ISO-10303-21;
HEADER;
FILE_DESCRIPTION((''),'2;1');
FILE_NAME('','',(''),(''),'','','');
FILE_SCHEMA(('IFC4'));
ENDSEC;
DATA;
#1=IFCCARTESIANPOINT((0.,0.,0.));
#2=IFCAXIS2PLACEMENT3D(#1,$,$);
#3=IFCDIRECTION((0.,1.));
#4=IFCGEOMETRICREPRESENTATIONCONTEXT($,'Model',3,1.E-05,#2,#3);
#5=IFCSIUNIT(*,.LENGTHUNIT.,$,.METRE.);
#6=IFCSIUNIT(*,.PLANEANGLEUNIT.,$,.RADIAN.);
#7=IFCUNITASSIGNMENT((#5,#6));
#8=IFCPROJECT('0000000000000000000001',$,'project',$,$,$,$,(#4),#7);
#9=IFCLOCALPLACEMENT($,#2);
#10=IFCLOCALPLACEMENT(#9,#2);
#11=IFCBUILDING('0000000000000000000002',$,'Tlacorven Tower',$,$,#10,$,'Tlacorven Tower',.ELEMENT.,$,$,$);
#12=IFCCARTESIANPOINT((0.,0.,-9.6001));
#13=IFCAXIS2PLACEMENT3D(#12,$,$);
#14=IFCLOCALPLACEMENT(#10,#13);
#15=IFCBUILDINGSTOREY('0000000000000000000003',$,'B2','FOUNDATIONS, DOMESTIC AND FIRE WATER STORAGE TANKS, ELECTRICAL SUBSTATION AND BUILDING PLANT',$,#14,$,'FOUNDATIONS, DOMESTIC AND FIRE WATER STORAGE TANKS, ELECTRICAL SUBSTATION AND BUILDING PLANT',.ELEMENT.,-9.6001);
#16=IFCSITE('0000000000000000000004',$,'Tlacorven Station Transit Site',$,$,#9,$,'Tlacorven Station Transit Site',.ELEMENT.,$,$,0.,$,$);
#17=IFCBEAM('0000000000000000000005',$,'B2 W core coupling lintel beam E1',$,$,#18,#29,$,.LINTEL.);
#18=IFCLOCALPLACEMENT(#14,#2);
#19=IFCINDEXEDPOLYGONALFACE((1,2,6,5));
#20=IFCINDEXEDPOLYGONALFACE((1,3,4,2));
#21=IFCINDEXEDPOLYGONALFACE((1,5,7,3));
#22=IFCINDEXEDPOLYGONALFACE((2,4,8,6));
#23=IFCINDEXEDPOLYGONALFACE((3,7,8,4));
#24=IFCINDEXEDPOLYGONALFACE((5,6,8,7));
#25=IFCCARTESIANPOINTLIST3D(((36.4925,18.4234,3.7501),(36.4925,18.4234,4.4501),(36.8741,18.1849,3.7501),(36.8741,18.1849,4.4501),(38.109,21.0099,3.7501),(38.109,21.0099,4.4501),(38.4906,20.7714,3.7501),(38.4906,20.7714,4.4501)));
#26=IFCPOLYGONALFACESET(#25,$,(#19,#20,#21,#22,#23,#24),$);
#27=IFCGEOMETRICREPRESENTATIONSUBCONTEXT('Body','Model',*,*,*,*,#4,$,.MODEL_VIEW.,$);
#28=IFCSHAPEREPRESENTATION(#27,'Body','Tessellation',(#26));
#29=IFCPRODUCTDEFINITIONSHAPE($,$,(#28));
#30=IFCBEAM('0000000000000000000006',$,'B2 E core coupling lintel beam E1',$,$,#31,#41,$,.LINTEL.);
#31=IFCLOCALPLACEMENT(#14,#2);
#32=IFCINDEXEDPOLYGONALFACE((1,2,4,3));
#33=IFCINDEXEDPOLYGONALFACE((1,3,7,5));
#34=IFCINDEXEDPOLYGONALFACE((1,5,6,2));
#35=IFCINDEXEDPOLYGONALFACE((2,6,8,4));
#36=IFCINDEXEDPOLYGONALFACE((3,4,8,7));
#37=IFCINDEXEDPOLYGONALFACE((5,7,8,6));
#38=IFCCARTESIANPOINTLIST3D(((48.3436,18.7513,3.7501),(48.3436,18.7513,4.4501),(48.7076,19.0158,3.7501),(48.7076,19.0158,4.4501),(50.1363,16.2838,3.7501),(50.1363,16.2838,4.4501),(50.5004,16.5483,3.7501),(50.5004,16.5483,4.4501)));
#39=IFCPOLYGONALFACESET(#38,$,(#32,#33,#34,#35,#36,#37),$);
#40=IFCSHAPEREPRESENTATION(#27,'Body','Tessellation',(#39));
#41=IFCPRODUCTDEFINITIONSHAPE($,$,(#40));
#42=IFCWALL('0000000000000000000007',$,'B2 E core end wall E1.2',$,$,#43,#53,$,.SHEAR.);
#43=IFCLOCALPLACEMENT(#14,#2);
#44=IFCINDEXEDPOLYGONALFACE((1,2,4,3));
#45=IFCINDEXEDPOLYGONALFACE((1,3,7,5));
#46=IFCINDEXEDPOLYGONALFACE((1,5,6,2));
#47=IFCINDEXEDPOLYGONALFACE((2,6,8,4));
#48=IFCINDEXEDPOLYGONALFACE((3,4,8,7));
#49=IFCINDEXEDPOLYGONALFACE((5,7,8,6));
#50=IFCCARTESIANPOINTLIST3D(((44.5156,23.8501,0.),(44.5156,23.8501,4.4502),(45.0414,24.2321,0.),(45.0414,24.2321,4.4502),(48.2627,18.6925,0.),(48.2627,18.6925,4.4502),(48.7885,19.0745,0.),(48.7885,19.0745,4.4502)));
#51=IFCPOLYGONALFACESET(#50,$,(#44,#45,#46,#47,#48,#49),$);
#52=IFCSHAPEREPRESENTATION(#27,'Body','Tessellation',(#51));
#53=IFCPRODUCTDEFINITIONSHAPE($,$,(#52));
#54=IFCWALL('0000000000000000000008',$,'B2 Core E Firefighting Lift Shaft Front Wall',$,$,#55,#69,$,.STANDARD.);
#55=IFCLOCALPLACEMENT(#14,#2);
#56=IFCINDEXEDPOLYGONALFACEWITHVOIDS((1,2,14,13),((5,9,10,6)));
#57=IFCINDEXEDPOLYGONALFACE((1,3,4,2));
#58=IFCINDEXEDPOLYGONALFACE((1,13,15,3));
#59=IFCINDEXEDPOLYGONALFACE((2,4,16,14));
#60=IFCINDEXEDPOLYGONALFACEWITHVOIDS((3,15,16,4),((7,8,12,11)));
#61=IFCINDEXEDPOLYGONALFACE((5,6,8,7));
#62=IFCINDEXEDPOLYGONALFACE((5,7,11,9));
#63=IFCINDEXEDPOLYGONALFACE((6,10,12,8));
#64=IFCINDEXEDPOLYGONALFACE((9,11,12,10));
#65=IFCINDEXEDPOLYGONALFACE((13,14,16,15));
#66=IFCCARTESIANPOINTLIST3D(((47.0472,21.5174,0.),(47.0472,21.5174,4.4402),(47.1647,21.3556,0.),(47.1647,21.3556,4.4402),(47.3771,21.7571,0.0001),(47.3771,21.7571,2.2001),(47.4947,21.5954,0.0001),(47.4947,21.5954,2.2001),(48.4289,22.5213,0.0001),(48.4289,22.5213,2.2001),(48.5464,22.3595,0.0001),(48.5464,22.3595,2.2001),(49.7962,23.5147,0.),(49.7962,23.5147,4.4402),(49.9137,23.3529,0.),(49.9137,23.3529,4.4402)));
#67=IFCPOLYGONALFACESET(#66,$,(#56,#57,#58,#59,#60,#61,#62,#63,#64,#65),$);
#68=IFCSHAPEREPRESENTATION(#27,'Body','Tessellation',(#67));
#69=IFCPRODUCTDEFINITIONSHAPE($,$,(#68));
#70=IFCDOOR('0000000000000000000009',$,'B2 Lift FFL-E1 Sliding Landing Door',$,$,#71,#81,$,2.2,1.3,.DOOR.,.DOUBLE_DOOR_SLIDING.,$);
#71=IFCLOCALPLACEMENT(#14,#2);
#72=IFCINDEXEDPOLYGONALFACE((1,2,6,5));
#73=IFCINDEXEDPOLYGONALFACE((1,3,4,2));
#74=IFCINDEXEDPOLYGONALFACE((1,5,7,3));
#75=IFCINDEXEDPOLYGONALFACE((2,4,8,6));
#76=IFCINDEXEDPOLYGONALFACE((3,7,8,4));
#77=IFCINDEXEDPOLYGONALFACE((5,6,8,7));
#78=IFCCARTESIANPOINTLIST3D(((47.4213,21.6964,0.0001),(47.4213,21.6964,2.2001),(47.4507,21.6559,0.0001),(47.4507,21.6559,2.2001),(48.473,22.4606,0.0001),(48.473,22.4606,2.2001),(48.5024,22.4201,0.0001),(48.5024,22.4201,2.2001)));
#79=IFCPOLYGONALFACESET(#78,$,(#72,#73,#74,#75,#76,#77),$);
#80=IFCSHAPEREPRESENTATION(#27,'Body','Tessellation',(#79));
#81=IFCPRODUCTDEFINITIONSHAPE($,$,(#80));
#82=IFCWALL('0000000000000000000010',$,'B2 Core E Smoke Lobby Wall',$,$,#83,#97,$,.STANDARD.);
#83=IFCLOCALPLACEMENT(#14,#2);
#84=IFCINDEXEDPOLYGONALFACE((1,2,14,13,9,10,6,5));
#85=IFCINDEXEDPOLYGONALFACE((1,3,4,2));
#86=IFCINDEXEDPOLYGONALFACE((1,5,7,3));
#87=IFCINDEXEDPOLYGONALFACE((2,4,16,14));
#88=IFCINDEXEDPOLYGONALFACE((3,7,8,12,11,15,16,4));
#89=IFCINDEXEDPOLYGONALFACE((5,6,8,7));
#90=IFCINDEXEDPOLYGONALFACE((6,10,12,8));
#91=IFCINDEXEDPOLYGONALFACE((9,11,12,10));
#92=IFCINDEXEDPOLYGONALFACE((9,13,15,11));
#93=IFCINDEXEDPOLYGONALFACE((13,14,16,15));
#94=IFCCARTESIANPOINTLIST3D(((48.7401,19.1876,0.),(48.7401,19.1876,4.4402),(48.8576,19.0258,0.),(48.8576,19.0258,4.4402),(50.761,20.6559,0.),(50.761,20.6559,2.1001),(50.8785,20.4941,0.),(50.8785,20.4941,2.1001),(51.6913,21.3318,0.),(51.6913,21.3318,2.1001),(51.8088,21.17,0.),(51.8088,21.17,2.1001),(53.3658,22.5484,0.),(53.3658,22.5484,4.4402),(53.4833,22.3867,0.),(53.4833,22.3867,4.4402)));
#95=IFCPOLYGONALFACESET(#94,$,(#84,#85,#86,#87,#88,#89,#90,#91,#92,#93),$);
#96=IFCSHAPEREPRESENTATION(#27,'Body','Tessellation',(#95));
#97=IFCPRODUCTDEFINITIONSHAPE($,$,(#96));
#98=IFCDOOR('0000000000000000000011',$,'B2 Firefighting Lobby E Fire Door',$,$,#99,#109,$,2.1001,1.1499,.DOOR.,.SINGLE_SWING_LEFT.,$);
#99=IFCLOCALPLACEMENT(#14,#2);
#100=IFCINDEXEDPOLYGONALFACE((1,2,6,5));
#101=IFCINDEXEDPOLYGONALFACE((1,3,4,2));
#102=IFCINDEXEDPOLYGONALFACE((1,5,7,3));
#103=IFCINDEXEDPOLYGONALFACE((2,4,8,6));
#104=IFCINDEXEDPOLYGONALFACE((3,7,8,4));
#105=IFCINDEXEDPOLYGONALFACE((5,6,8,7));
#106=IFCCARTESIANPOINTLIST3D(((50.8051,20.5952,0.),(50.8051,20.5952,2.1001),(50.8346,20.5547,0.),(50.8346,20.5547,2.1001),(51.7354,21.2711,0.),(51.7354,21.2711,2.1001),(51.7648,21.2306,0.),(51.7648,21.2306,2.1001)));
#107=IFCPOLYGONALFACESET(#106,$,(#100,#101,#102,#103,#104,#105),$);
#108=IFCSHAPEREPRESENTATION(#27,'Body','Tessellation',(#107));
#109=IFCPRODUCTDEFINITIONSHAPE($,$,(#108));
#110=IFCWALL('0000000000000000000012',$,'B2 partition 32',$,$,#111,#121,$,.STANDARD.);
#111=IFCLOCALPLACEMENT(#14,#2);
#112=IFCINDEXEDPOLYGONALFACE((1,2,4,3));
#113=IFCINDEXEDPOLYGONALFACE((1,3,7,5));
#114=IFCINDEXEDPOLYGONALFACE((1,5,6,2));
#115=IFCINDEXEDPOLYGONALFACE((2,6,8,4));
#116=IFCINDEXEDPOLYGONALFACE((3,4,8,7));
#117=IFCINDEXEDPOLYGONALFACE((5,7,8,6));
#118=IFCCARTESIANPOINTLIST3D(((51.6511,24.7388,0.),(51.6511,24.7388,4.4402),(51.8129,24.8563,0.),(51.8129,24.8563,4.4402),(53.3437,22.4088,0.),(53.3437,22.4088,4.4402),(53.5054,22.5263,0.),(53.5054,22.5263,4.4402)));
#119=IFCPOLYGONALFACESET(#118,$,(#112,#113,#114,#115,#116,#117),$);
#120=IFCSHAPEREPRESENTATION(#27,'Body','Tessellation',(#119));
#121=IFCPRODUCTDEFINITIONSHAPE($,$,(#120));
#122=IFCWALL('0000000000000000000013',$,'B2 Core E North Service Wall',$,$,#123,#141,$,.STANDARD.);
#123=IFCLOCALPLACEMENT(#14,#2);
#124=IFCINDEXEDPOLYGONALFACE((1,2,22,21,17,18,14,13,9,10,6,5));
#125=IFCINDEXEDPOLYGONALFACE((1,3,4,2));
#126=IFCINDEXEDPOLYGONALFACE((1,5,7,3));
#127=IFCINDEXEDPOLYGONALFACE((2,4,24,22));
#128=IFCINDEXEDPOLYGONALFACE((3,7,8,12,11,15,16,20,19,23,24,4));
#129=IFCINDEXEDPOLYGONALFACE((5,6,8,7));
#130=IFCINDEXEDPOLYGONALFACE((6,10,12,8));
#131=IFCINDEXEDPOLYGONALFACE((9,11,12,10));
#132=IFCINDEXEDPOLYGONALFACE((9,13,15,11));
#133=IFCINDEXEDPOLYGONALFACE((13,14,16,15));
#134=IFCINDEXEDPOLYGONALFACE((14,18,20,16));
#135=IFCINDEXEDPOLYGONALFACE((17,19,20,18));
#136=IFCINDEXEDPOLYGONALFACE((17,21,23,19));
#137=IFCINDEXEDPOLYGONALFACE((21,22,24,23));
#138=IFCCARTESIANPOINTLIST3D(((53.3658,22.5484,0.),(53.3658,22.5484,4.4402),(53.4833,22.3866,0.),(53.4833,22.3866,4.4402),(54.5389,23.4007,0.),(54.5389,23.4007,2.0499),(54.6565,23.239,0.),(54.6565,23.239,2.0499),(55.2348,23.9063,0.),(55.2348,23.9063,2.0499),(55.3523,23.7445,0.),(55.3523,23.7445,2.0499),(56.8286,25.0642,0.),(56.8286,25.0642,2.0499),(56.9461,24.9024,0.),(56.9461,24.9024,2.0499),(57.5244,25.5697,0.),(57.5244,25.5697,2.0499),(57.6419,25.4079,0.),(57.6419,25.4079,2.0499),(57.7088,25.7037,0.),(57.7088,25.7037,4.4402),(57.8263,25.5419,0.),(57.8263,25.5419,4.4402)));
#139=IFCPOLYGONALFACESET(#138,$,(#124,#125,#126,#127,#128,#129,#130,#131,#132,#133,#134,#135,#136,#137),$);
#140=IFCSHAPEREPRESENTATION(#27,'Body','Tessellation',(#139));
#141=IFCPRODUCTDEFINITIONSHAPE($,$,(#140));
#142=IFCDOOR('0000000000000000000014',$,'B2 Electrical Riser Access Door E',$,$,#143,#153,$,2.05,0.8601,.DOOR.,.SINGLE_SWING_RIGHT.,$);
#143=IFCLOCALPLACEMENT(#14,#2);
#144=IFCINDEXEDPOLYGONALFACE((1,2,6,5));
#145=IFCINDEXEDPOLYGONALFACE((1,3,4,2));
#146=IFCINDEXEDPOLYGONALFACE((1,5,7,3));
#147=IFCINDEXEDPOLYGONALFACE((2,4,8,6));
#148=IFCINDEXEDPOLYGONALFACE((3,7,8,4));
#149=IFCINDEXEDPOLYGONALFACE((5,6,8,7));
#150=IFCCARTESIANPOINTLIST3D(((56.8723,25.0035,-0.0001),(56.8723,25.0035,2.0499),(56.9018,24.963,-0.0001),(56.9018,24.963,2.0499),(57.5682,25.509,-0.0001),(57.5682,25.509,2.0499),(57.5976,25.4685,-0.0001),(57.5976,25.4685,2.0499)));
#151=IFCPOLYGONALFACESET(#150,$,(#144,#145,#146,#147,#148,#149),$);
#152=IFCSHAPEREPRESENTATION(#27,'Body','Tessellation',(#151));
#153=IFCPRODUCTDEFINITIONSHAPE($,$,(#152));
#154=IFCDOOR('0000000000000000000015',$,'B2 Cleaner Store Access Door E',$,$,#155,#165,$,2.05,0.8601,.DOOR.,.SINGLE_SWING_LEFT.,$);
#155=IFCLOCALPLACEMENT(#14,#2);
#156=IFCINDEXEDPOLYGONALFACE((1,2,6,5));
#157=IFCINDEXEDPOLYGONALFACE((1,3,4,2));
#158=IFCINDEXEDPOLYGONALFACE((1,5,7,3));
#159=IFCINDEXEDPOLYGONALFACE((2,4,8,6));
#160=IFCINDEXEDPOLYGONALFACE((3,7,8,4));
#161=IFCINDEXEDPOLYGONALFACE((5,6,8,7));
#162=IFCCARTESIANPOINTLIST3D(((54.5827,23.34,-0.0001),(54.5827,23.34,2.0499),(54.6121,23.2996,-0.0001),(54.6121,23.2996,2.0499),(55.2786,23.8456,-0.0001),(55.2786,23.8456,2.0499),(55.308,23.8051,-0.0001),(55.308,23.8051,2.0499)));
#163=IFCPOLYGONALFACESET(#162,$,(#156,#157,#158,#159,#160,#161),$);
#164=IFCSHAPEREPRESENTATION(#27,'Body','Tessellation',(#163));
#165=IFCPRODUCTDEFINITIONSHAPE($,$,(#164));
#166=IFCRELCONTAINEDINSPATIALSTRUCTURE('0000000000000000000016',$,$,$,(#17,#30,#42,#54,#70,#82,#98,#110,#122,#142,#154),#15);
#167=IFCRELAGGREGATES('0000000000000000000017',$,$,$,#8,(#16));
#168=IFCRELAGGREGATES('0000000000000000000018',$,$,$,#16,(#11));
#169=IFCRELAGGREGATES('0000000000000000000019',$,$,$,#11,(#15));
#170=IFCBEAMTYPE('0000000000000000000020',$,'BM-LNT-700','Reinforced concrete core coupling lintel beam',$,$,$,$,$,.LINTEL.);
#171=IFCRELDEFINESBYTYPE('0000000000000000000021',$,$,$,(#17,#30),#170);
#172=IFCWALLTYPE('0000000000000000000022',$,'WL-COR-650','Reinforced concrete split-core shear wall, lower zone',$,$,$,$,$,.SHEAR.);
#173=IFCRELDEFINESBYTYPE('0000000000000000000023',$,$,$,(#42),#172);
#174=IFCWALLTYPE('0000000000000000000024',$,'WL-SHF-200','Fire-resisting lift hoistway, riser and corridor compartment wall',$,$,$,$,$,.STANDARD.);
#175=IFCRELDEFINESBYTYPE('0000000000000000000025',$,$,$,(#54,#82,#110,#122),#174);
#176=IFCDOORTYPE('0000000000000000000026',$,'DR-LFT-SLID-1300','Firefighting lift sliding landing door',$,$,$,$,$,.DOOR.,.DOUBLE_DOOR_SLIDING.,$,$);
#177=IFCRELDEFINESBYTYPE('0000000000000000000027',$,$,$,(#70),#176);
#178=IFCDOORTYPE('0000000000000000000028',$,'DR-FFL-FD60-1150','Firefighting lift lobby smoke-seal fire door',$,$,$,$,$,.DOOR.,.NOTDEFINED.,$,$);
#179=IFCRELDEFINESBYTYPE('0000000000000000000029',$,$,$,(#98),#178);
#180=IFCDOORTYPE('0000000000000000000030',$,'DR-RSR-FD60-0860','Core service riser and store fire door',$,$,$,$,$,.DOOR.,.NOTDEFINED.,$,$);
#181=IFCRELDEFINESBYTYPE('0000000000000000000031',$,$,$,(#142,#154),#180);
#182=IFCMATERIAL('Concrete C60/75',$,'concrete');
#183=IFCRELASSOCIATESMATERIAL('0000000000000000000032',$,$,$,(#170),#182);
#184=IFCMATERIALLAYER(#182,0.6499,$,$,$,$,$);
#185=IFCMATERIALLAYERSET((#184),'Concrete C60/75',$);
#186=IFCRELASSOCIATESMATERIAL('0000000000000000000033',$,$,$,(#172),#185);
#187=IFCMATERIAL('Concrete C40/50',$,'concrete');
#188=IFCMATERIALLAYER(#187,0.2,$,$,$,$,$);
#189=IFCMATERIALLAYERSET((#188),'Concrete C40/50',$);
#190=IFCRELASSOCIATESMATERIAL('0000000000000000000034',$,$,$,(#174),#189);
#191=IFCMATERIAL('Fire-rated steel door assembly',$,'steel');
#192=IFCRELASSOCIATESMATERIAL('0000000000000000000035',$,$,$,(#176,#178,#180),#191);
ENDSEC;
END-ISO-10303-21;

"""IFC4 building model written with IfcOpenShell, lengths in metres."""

from ifc_helpers import new_model, si_unit, direction, frame, frame_2d, origin, origin_2d, place, context, subcontext, project, spatial, rectangle, extrude, source, transform, mapped, material, layer, layer_set, material_profile, profile_set, type_object, element, fill, save


model = new_model("IFC4")

# Units and contexts
model_context = context("Model", 3, precision=1e-05, world=origin(), true_north=direction((0.0, 1.0)))
body_context = subcontext(model_context, "Body", "Model", "MODEL_VIEW")
ifc_project = project(units=[si_unit("LENGTHUNIT", "METRE"), si_unit("PLANEANGLEUNIT", "RADIAN")], contexts=[model_context])

# Site, building, storey
site_placement = place(None, origin())
site = spatial("IfcSite", under=ifc_project, at=site_placement, Name="Tlacorven Station Transit Site", LongName="Tlacorven Station Transit Site", CompositionType="ELEMENT", RefElevation=0.0)
building_placement = place(site_placement, origin())
building = spatial("IfcBuilding", under=site, at=building_placement, Name="Tlacorven Tower", LongName="Tlacorven Tower", CompositionType="ELEMENT")
storey_placement = place(building_placement, frame((0.0, 0.0, -9.6001)))
storey = spatial("IfcBuildingStorey", under=building, at=storey_placement, Name="B2", Description="FOUNDATIONS, DOMESTIC AND FIRE WATER STORAGE TANKS, ELECTRICAL SUBSTATION AND BUILDING PLANT", LongName="FOUNDATIONS, DOMESTIC AND FIRE WATER STORAGE TANKS, ELECTRICAL SUBSTATION AND BUILDING PLANT", CompositionType="ELEMENT", Elevation=-9.6001)

# Beams
ifc_material_1 = material(Name="Concrete C60/75", Category="concrete")
ifc_material_profile_1 = material_profile(ifc_material_1, rectangle(XDim=0.45, YDim=0.7, at=origin_2d()), Name="RC 450X700")
ifc_profile_set_1 = profile_set([ifc_material_profile_1], Name="Concrete C60/75")
beam_type = type_object("IfcBeamType", Name="BM-LNT-700", Description="Reinforced concrete core coupling lintel beam", PredefinedType="LINTEL", material=ifc_profile_set_1)
shared_shape_1 = source(origin(), body_context, "Body", "SweptSolid", [
    extrude(rectangle(XDim=0.45, YDim=0.7, at=origin_2d()), origin(), (0.0, 0.0, 1.0), 3.05),
])
for number, where, z_axis, x_axis, name in (
    (1, (38.2998, 20.8906, 4.1001), (-0.529985, -0.848007, 0.0), (0.848007, -0.529985, 0.0), "B2 W core coupling lintel beam E1"),
    (2, (50.3184, 16.416, 4.1001), (-0.587777, 0.809023, 0.0), (-0.809023, -0.587777, 0.0), "B2 E core coupling lintel beam E1"),
):
    element("IfcBeam", number, at=place(storey_placement, frame(where, z_axis=z_axis, x_axis=x_axis)), inside=storey, type_object=beam_type, Name=name, PredefinedType="LINTEL", context=body_context, shape_type="MappedRepresentation", body=[
        mapped(shared_shape_1, transform((0.0, 0.0, 0.0), scale=1.0)),
    ])

# Wall
ifc_layer_1 = layer(ifc_material_1, 0.6499)
ifc_layer_set_1 = layer_set([ifc_layer_1], Name="Concrete C60/75")
wall_type_1 = type_object("IfcWallType", Name="WL-COR-650", Description="Reinforced concrete split-core shear wall, lower zone", PredefinedType="SHEAR", material=ifc_layer_set_1)
wall_1_placement = place(storey_placement, frame((48.5256, 18.8835, 0.0), z_axis=(0.0, 0.0, 1.0), x_axis=(-0.58778, 0.809021, 0.0)))
element("IfcWall", 3, at=wall_1_placement, inside=storey, type_object=wall_type_1, Name="B2 E core end wall E1.2", PredefinedType="SHEAR", context=body_context, shape_type="SweptSolid", body=[
    extrude(rectangle(XDim=6.375, YDim=0.6499, at=frame_2d((3.1875, 0.0))), origin(), (0.0, 0.0, 1.0), 4.4502),
])

# Walls, openings, doors
ifc_material_2 = material(Name="Concrete C40/50", Category="concrete")
ifc_layer_2 = layer(ifc_material_2, 0.2)
ifc_layer_set_2 = layer_set([ifc_layer_2], Name="Concrete C40/50")
wall_type_2 = type_object("IfcWallType", Name="WL-SHF-200", Description="Fire-resisting lift hoistway, riser and corridor compartment wall", PredefinedType="STANDARD", material=ifc_layer_set_2)
wall_2_placement = place(storey_placement, frame((47.106, 21.4365, 0.0), z_axis=(0.0, 0.0, 1.0), x_axis=(0.809013, 0.587791, 0.0)))
wall_2 = element("IfcWall", 4, at=wall_2_placement, inside=storey, type_object=wall_type_2, Name="B2 Core E Firefighting Lift Shaft Front Wall", PredefinedType="STANDARD", context=body_context, shape_type="SweptSolid", body=[
    extrude(rectangle(XDim=3.3979, YDim=0.2, at=frame_2d((1.699, 0.0))), origin(), (0.0, 0.0, 1.0), 4.4402),
])
opening_1_placement = place(wall_2_placement, frame((0.408, 0.0, 0.0)))
opening_1 = element("IfcOpeningElement", 5, at=opening_1_placement, cuts=wall_2, PredefinedType="OPENING", context=body_context, shape_type="SweptSolid", body=[
    extrude(rectangle(XDim=1.3, YDim=2.2, at=frame_2d((0.6499, 1.1001))), frame((0.0, 0.1099, 0.0), z_axis=(0.0, -1.0, 0.0), x_axis=(1.0, 0.0, 0.0)), (0.0, 0.0, 1.0), 0.22),
])
ifc_material_3 = material(Name="Fire-rated steel door assembly", Category="steel")
door_type_1 = type_object("IfcDoorType", Name="DR-LFT-SLID-1300", Description="Firefighting lift sliding landing door", OperationType="DOUBLE_DOOR_SLIDING", PredefinedType="DOOR", material=ifc_material_3)
shared_shape_2 = source(origin(), body_context, "Body", "SweptSolid", [
    extrude(rectangle(XDim=1.3, YDim=2.2, at=frame_2d((0.6499, 1.1001))), frame((0.0, 0.0249, 0.0), z_axis=(0.0, -1.0, 0.0), x_axis=(1.0, 0.0, 0.0)), (0.0, 0.0, 1.0), 0.05),
])
door_1_placement = place(opening_1_placement, origin())
door_1 = element("IfcDoor", 6, at=door_1_placement, inside=storey, type_object=door_type_1, Name="B2 Lift FFL-E1 Sliding Landing Door", OperationType="DOUBLE_DOOR_SLIDING", OverallHeight=2.2, OverallWidth=1.3, PredefinedType="DOOR", context=body_context, shape_type="MappedRepresentation", body=[
    mapped(shared_shape_2, transform((0.0, 0.0, 0.0), scale=1.0)),
])
fill(opening_1, door_1)
wall_3_placement = place(storey_placement, frame((48.7988, 19.1067, 0.0), z_axis=(0.0, 0.0, 1.0), x_axis=(0.809013, 0.587791, 0.0)))
wall_3 = element("IfcWall", 7, at=wall_3_placement, inside=storey, type_object=wall_type_2, Name="B2 Core E Smoke Lobby Wall", PredefinedType="STANDARD", context=body_context, shape_type="SweptSolid", body=[
    extrude(rectangle(XDim=5.7178, YDim=0.2, at=frame_2d((2.8589, 0.0))), origin(), (0.0, 0.0, 1.0), 4.4402),
])
opening_2_placement = place(wall_3_placement, frame((2.498, 0.0, 0.0)))
opening_2 = element("IfcOpeningElement", 8, at=opening_2_placement, cuts=wall_3, PredefinedType="OPENING", context=body_context, shape_type="SweptSolid", body=[
    extrude(rectangle(XDim=1.1499, YDim=2.1001, at=frame_2d((0.575, 1.05))), frame((0.0, 0.1099, 0.0), z_axis=(0.0, -1.0, 0.0), x_axis=(1.0, 0.0, 0.0)), (0.0, 0.0, 1.0), 0.22),
])
door_type_2 = type_object("IfcDoorType", Name="DR-FFL-FD60-1150", Description="Firefighting lift lobby smoke-seal fire door", OperationType="NOTDEFINED", PredefinedType="DOOR", material=ifc_material_3)
shared_shape_3 = source(origin(), body_context, "Body", "SweptSolid", [
    extrude(rectangle(XDim=1.1499, YDim=2.1001, at=frame_2d((0.575, 1.05))), frame((0.0, 0.0249, 0.0), z_axis=(0.0, -1.0, 0.0), x_axis=(1.0, 0.0, 0.0)), (0.0, 0.0, 1.0), 0.05),
])
door_2_placement = place(opening_2_placement, origin())
door_2 = element("IfcDoor", 9, at=door_2_placement, inside=storey, type_object=door_type_2, Name="B2 Firefighting Lobby E Fire Door", OperationType="SINGLE_SWING_LEFT", OverallHeight=2.1001, OverallWidth=1.1499, PredefinedType="DOOR", context=body_context, shape_type="MappedRepresentation", body=[
    mapped(shared_shape_3, transform((0.0, 0.0, 0.0), scale=1.0)),
])
fill(opening_2, door_2)

# Wall
wall_4_placement = place(storey_placement, frame((53.4246, 22.4675, 0.0), z_axis=(0.0, 0.0, 1.0), x_axis=(-0.587723, 0.809062, 0.0)))
element("IfcWall", 10, at=wall_4_placement, inside=storey, type_object=wall_type_2, Name="B2 partition 32", PredefinedType="STANDARD", context=body_context, shape_type="SweptSolid", body=[
    extrude(rectangle(XDim=2.8799, YDim=0.2, at=frame_2d((1.4399, 0.0))), origin(), (0.0, 0.0, 1.0), 4.4402),
])

# Wall, openings, doors
wall_5_placement = place(storey_placement, frame((53.4246, 22.4675, 0.0), z_axis=(0.0, 0.0, 1.0), x_axis=(0.809027, 0.587771, 0.0)))
wall_5 = element("IfcWall", 11, at=wall_5_placement, inside=storey, type_object=wall_type_2, Name="B2 Core E North Service Wall", PredefinedType="STANDARD", context=body_context, shape_type="SweptSolid", body=[
    extrude(rectangle(XDim=5.3682, YDim=0.2, at=frame_2d((2.6841, 0.0))), origin(), (0.0, 0.0, 1.0), 4.4402),
])
opening_3_placement = place(wall_5_placement, frame((4.28, 0.0, 0.0)))
opening_3 = element("IfcOpeningElement", 12, at=opening_3_placement, cuts=wall_5, PredefinedType="OPENING", context=body_context, shape_type="SweptSolid", body=[
    extrude(rectangle(XDim=0.8601, YDim=2.05, at=frame_2d((0.4302, 1.0249))), frame((0.0, 0.1099, 0.0), z_axis=(0.0, -1.0, 0.0), x_axis=(1.0, 0.0, 0.0)), (0.0, 0.0, 1.0), 0.22),
])
opening_4_placement = place(wall_5_placement, frame((1.45, 0.0, 0.0)))
opening_4 = element("IfcOpeningElement", 13, at=opening_4_placement, cuts=wall_5, PredefinedType="OPENING", context=body_context, shape_type="SweptSolid", body=[
    extrude(rectangle(XDim=0.8601, YDim=2.05, at=frame_2d((0.4302, 1.0249))), frame((0.0, 0.1099, 0.0), z_axis=(0.0, -1.0, 0.0), x_axis=(1.0, 0.0, 0.0)), (0.0, 0.0, 1.0), 0.22),
])
door_type_3 = type_object("IfcDoorType", Name="DR-RSR-FD60-0860", Description="Core service riser and store fire door", OperationType="NOTDEFINED", PredefinedType="DOOR", material=ifc_material_3)
shared_shape_4 = source(origin(), body_context, "Body", "SweptSolid", [
    extrude(rectangle(XDim=0.8601, YDim=2.05, at=frame_2d((0.4302, 1.0249))), frame((0.0, 0.0249, 0.0), z_axis=(0.0, -1.0, 0.0), x_axis=(1.0, 0.0, 0.0)), (0.0, 0.0, 1.0), 0.05),
])
door_3_placement = place(opening_3_placement, frame((0.8601, 0.0, 0.0), z_axis=(0.0, 0.0, 1.0), x_axis=(-1.0, 0.0, 0.0)))
door_3 = element("IfcDoor", 14, at=door_3_placement, inside=storey, type_object=door_type_3, Name="B2 Electrical Riser Access Door E", OperationType="SINGLE_SWING_RIGHT", OverallHeight=2.05, OverallWidth=0.8601, PredefinedType="DOOR", context=body_context, shape_type="MappedRepresentation", body=[
    mapped(shared_shape_4, transform((0.0, 0.0, 0.0), scale=1.0)),
])
fill(opening_3, door_3)
door_4_placement = place(opening_4_placement, frame((0.8601, 0.0, 0.0), z_axis=(0.0, 0.0, 1.0), x_axis=(-1.0, 0.0, 0.0)))
door_4 = element("IfcDoor", 15, at=door_4_placement, inside=storey, type_object=door_type_3, Name="B2 Cleaner Store Access Door E", OperationType="SINGLE_SWING_LEFT", OverallHeight=2.05, OverallWidth=0.8601, PredefinedType="DOOR", context=body_context, shape_type="MappedRepresentation", body=[
    mapped(shared_shape_4, transform((0.0, 0.0, 0.0), scale=1.0)),
])
fill(opening_4, door_4)

save(model, "model.ifc")
